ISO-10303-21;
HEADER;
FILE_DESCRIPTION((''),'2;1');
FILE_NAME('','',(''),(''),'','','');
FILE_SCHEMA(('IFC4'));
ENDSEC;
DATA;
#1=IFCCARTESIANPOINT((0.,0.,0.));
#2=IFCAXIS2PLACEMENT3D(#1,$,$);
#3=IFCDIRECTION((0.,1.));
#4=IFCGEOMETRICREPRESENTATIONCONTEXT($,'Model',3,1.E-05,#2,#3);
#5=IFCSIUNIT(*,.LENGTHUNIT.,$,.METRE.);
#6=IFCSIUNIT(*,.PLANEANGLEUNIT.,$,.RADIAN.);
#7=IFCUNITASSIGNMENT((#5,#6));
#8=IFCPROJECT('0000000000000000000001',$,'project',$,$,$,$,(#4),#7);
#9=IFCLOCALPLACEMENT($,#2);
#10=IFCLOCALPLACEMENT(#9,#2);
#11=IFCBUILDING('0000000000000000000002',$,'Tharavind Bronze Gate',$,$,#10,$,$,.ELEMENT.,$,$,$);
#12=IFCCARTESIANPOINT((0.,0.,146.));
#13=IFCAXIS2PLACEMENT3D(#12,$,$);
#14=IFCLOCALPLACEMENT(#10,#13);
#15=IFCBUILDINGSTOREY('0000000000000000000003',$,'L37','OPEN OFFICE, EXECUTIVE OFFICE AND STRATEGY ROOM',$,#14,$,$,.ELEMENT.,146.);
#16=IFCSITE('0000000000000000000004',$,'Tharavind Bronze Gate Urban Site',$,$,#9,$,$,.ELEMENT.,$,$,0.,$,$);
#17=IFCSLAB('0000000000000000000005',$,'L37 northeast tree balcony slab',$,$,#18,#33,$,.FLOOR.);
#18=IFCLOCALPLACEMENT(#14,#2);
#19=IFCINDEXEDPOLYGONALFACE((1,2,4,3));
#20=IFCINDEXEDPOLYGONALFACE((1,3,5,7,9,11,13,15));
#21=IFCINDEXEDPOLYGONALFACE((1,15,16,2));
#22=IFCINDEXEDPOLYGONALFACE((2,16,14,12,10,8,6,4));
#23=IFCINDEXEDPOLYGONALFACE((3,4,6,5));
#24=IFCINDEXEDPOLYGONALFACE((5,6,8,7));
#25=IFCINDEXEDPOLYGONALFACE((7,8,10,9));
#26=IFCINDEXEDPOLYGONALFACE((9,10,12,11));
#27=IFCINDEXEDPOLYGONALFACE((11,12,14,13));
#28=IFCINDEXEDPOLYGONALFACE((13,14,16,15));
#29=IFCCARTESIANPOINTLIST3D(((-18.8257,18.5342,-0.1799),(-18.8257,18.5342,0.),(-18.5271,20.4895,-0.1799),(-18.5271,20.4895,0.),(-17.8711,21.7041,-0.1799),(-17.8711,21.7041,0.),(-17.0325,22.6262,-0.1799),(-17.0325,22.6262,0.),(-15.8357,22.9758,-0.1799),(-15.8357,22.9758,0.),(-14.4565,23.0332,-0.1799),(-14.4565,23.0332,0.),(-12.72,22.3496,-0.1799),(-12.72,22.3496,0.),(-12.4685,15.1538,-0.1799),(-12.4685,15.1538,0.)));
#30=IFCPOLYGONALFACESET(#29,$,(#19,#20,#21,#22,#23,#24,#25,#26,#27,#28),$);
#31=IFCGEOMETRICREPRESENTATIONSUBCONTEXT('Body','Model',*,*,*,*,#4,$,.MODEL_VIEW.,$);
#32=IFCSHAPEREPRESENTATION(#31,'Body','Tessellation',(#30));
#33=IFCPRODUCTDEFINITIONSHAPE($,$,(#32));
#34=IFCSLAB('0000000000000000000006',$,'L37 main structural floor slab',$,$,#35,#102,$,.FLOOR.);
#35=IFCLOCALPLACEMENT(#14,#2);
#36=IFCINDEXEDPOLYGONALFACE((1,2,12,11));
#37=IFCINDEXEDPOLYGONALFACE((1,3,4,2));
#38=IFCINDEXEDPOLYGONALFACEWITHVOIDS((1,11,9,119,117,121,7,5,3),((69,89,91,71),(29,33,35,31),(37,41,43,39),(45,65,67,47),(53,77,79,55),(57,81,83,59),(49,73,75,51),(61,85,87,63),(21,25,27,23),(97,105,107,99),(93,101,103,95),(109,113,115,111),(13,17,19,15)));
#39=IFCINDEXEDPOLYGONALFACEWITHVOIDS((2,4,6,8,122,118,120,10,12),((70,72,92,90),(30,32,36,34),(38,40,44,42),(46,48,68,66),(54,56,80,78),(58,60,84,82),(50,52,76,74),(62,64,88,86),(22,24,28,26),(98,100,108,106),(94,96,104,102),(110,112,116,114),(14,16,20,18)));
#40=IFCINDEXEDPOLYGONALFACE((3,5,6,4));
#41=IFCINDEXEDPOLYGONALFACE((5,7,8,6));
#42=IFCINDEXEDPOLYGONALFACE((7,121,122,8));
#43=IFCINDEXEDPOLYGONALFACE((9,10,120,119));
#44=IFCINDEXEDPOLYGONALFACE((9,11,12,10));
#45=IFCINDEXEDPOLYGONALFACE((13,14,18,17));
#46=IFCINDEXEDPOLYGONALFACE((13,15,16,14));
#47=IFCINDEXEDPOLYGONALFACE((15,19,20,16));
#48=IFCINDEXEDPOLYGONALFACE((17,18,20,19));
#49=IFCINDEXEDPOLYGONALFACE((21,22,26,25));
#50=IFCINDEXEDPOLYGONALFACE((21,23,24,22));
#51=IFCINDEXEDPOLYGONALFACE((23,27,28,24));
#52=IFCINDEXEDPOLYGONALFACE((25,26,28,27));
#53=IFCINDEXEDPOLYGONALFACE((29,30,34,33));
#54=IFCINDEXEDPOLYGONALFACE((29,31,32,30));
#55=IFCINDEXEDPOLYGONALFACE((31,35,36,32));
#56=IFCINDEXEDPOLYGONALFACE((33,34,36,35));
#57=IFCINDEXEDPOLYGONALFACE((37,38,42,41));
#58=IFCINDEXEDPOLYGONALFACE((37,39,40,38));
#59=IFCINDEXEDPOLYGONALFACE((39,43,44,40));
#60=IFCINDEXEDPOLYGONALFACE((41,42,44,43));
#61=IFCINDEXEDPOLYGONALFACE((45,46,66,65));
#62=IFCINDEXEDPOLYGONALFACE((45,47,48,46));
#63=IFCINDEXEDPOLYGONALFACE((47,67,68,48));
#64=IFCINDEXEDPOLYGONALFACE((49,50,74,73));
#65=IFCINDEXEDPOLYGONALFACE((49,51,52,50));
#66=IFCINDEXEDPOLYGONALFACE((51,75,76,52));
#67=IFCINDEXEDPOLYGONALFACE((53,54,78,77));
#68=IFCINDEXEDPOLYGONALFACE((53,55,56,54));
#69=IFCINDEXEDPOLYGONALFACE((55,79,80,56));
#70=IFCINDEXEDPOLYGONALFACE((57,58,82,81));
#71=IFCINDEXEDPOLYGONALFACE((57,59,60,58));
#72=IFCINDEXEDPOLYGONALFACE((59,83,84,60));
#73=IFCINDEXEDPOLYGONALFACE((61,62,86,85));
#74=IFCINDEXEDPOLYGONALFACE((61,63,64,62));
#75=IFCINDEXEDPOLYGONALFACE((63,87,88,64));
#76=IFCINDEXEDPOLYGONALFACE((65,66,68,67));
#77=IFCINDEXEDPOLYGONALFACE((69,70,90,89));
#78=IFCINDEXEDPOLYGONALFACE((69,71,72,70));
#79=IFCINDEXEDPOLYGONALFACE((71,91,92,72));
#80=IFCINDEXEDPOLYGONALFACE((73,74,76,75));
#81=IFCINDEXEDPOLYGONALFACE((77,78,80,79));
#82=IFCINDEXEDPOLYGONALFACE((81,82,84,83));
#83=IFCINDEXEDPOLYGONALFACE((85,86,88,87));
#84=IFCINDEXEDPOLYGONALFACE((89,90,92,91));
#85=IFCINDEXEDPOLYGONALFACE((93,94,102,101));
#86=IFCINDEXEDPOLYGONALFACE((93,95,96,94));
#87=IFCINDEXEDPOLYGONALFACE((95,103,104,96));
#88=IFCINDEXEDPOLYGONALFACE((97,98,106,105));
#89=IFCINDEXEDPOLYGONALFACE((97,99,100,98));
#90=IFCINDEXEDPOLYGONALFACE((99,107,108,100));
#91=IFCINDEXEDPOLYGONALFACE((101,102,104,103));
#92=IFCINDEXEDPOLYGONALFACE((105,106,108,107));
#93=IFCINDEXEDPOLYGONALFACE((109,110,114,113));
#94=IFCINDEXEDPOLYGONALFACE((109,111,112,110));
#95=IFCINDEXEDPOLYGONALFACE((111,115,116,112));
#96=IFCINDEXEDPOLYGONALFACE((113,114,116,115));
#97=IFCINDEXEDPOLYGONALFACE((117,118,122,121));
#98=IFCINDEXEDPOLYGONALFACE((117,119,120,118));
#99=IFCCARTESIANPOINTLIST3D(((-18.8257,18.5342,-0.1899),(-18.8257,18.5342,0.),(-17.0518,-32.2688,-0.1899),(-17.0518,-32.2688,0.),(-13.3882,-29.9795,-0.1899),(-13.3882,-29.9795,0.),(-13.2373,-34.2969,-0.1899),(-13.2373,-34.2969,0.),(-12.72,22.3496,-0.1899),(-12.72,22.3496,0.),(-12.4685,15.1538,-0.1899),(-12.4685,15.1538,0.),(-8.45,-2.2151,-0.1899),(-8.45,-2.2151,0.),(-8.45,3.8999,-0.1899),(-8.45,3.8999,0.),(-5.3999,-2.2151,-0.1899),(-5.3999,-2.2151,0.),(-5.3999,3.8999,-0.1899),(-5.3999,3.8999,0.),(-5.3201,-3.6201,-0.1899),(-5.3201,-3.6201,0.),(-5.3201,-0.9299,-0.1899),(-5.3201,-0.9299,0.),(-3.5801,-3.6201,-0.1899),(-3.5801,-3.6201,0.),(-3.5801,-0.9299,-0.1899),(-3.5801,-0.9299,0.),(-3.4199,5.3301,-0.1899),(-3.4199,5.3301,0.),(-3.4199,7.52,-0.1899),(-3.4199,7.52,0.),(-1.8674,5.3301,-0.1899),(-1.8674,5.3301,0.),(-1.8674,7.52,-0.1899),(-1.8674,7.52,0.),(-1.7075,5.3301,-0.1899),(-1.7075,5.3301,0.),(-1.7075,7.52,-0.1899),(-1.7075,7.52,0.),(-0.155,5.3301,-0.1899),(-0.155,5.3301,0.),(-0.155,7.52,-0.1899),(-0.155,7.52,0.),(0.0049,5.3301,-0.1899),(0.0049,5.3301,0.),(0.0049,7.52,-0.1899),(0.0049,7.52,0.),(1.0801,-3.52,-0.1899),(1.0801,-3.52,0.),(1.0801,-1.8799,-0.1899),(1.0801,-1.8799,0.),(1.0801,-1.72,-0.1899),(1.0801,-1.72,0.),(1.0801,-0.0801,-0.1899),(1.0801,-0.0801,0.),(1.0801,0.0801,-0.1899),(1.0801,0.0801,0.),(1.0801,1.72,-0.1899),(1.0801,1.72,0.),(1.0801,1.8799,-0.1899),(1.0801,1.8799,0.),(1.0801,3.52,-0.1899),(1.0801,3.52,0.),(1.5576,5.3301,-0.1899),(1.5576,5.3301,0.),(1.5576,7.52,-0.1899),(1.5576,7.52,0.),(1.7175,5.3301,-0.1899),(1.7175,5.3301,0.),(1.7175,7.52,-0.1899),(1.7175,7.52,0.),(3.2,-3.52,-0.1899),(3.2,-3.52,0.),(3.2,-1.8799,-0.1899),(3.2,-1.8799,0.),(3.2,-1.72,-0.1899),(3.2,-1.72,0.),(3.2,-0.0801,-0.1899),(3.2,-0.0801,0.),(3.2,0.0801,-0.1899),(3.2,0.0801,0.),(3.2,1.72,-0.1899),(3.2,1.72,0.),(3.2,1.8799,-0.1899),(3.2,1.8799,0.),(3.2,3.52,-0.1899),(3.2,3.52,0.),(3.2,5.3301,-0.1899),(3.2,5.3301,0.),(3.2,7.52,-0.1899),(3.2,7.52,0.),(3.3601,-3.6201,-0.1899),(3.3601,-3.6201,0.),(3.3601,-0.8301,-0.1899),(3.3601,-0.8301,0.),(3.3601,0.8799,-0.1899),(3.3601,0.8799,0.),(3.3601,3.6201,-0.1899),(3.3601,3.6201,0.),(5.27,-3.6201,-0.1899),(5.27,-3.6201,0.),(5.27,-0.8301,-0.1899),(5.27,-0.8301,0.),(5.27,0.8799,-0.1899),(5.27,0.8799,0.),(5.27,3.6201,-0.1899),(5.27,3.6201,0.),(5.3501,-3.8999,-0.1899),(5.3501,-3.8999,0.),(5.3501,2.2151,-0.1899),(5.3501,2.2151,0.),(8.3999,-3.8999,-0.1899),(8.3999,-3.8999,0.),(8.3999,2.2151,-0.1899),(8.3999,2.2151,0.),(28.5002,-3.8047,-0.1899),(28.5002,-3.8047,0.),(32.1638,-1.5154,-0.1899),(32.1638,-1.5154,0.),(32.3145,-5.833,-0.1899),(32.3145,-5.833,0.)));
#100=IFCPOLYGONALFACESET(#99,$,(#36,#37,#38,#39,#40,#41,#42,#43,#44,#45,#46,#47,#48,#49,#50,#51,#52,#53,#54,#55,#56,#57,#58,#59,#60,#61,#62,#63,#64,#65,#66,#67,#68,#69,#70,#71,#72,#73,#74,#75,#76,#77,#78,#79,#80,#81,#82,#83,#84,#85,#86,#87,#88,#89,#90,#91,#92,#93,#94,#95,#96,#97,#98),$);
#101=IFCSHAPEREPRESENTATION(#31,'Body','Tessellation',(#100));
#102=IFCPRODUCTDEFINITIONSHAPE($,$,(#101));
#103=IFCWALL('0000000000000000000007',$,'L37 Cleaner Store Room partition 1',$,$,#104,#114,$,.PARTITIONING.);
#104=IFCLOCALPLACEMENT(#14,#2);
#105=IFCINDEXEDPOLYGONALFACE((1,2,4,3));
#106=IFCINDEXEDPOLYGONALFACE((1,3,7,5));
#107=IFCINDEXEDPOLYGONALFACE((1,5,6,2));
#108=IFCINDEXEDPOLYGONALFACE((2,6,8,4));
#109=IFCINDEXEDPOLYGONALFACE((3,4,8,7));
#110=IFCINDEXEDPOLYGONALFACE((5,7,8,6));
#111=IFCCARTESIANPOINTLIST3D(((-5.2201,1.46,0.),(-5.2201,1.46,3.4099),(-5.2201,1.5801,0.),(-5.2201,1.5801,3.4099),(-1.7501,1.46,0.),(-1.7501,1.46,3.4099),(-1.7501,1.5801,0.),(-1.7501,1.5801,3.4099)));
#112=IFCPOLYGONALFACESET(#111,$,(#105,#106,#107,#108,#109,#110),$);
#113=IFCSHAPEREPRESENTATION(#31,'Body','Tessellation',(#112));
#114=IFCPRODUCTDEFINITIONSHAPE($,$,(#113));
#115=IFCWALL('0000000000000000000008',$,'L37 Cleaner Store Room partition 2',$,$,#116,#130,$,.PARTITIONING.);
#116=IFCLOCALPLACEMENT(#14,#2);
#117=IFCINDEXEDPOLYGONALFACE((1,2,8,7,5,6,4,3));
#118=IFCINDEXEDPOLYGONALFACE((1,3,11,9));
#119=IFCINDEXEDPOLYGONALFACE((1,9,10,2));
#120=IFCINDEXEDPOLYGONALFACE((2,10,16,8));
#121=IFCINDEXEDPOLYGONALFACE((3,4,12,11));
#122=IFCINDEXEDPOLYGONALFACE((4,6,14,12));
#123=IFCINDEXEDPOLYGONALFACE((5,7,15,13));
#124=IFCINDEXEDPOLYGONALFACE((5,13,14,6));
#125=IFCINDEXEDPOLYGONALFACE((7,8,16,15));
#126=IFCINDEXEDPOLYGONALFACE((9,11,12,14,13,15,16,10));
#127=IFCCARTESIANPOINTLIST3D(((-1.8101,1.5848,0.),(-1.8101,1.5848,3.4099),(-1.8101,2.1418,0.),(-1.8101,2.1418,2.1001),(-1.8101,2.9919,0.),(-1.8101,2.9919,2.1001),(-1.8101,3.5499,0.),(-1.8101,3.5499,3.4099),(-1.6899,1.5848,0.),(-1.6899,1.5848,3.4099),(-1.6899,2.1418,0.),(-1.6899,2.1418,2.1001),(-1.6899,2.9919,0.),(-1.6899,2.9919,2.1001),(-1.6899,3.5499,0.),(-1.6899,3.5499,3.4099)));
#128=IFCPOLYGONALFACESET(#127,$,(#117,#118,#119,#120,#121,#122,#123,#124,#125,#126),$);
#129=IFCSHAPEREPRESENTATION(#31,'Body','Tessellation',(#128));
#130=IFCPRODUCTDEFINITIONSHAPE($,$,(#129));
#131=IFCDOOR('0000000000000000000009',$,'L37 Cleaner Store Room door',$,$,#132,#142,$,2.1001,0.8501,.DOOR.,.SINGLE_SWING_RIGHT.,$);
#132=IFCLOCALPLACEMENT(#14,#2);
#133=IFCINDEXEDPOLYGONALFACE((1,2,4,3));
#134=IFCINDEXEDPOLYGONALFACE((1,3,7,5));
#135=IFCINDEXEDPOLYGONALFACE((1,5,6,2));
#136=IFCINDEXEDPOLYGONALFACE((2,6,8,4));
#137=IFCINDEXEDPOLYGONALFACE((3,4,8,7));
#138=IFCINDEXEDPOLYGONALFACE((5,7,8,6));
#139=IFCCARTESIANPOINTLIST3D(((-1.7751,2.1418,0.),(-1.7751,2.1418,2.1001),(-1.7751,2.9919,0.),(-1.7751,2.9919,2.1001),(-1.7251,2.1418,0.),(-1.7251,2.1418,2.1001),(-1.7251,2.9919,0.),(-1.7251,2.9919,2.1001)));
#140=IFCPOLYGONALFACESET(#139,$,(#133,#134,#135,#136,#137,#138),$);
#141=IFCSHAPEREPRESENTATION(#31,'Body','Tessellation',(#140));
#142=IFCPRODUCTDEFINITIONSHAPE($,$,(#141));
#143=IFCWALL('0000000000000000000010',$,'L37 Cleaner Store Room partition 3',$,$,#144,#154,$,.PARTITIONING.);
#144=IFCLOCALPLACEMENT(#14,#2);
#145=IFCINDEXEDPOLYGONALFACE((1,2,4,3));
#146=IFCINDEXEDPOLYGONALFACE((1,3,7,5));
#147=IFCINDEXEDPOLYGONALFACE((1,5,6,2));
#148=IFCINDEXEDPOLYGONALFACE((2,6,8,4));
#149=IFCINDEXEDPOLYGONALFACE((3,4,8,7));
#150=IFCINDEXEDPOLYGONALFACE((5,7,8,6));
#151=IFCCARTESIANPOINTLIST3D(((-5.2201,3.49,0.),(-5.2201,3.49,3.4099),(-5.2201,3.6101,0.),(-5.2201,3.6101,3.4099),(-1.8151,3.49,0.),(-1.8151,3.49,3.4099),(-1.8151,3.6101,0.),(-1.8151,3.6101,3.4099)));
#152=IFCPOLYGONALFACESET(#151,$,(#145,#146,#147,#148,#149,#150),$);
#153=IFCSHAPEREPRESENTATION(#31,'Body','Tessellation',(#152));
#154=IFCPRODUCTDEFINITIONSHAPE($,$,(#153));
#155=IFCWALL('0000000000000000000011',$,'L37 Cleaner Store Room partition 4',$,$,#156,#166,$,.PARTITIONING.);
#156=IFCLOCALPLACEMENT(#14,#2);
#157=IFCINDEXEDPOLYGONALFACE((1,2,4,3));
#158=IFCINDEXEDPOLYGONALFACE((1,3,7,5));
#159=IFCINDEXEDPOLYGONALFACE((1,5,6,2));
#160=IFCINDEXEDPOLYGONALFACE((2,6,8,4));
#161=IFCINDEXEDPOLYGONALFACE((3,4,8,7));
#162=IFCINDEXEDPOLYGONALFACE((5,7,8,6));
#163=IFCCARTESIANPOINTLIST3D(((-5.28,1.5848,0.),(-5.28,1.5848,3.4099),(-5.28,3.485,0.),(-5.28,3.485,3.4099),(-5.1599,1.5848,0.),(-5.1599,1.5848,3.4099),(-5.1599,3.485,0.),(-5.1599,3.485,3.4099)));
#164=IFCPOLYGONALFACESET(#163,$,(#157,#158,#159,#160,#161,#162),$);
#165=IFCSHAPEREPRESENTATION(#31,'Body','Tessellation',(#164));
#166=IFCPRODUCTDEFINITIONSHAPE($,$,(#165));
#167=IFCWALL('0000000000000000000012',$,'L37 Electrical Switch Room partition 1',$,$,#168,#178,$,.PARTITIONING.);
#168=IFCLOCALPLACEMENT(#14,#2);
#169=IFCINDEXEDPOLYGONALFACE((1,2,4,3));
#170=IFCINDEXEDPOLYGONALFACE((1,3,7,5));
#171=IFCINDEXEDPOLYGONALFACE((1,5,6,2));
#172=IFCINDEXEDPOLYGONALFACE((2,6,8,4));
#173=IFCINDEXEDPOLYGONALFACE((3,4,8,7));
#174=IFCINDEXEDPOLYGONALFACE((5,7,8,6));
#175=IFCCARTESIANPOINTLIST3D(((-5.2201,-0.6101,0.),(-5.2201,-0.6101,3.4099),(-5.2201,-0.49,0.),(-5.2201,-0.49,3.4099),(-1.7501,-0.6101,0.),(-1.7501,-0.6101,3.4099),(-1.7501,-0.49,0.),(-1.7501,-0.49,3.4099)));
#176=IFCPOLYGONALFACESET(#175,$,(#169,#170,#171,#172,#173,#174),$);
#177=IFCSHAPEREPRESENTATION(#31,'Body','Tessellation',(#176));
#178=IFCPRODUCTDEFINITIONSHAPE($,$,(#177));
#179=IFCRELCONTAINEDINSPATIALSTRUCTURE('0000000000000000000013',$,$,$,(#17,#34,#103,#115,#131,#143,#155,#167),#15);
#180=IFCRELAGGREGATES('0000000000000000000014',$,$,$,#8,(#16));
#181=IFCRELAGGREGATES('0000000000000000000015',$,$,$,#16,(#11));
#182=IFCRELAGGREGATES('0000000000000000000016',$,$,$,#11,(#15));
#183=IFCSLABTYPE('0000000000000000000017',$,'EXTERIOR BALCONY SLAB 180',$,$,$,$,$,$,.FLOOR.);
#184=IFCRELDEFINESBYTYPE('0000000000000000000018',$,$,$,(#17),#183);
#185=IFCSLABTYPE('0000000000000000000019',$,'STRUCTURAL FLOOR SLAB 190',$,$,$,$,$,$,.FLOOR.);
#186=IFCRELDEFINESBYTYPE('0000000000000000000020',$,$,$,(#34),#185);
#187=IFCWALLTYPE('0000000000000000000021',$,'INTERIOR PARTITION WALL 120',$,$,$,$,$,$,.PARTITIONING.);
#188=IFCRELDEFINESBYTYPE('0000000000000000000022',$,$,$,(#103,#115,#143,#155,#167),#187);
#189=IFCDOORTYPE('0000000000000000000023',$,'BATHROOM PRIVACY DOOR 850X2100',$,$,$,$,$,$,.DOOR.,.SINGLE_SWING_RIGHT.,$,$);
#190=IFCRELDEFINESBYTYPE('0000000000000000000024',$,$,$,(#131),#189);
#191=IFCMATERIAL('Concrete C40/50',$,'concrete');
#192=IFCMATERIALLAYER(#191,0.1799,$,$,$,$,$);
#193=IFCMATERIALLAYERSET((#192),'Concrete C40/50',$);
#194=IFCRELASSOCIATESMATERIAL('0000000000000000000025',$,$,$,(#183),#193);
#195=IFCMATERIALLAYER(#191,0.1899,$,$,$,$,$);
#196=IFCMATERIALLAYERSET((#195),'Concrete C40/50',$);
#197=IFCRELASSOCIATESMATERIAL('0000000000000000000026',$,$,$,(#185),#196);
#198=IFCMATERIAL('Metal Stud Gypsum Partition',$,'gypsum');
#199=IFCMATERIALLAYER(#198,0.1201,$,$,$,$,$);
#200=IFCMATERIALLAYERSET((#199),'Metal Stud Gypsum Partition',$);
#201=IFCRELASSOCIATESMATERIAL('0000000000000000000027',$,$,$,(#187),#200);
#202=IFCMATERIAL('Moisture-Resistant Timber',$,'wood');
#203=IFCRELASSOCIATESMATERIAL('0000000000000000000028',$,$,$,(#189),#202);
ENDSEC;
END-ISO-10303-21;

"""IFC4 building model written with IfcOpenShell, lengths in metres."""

from ifc_helpers import new_model, si_unit, direction, frame, frame_2d, origin, place, context, subcontext, project, spatial, polyline, rectangle, outline, extrude, material, layer, layer_set, type_object, element, fill, save


model = new_model("IFC4")

# Units and contexts
model_context = context("Model", 3, precision=1e-05, world=origin(), true_north=direction((0.0, 1.0)))
body_context = subcontext(model_context, "Body", "Model", "MODEL_VIEW")
ifc_project = project(units=[si_unit("LENGTHUNIT", "METRE"), si_unit("PLANEANGLEUNIT", "RADIAN")], contexts=[model_context])

# Site, building, storey
site_placement = place(None, origin())
site = spatial("IfcSite", under=ifc_project, at=site_placement, Name="Tharavind Bronze Gate Urban Site", CompositionType="ELEMENT", RefElevation=0.0)
building_placement = place(site_placement, origin())
building = spatial("IfcBuilding", under=site, at=building_placement, Name="Tharavind Bronze Gate", CompositionType="ELEMENT")
storey_placement = place(building_placement, frame((0.0, 0.0, 146.0)))
storey = spatial("IfcBuildingStorey", under=building, at=storey_placement, Name="L37", Description="OPEN OFFICE, EXECUTIVE OFFICE AND STRATEGY ROOM", CompositionType="ELEMENT", Elevation=146.0)

# Slabs
ifc_material_1 = material(Name="Concrete C40/50", Category="concrete")
ifc_layer_1 = layer(ifc_material_1, 0.1799)
ifc_layer_set_1 = layer_set([ifc_layer_1], Name="Concrete C40/50")
slab_type_1 = type_object("IfcSlabType", Name="EXTERIOR BALCONY SLAB 180", PredefinedType="FLOOR", material=ifc_layer_set_1)
slab_1_placement = place(storey_placement, frame((0.0, 0.0, -0.1799)))
element("IfcSlab", 1, at=slab_1_placement, inside=storey, type_object=slab_type_1, Name="L37 northeast tree balcony slab", PredefinedType="FLOOR", context=body_context, shape_type="SweptSolid", body=[
    extrude(outline(polyline([(-14.4565, 23.0332), (-15.8357, 22.9758), (-17.0325, 22.6262), (-17.8711, 21.7041), (-18.5271, 20.4895), (-18.8257, 18.5342), (-12.4685, 15.1538), (-12.72, 22.3496), (-14.4565, 23.0332)])), origin(), (0.0, 0.0, 1.0), 0.1799),
])
ifc_layer_2 = layer(ifc_material_1, 0.1899)
ifc_layer_set_2 = layer_set([ifc_layer_2], Name="Concrete C40/50")
slab_type_2 = type_object("IfcSlabType", Name="STRUCTURAL FLOOR SLAB 190", PredefinedType="FLOOR", material=ifc_layer_set_2)
slab_2_placement = place(storey_placement, frame((0.0, 0.0, -0.1899)))
element("IfcSlab", 2, at=slab_2_placement, inside=storey, type_object=slab_type_2, Name="L37 main structural floor slab", PredefinedType="FLOOR", context=body_context, shape_type="SweptSolid", body=[
    extrude(outline(polyline([(-12.72, 22.3496), (-12.4685, 15.1538), (-18.8257, 18.5342), (-17.0518, -32.2688), (-13.3882, -29.9795), (-13.2373, -34.2969), (32.3145, -5.833), (28.5002, -3.8047), (32.1638, -1.5154), (-12.72, 22.3496)]), holes=[polyline([(-5.3999, -2.2151), (-5.3999, 3.8999), (-8.45, 3.8999), (-8.45, -2.2151), (-5.3999, -2.2151)]), polyline([(5.3501, 2.2151), (5.3501, -3.8999), (8.3999, -3.8999), (8.3999, 2.2151), (5.3501, 2.2151)]), polyline([(-3.4199, 5.3301), (-1.8674, 5.3301), (-1.8674, 7.52), (-3.4199, 7.52), (-3.4199, 5.3301)]), polyline([(-1.7075, 5.3301), (-0.155, 5.3301), (-0.155, 7.52), (-1.7075, 7.52), (-1.7075, 5.3301)]), polyline([(0.0049, 5.3301), (1.5576, 5.3301), (1.5576, 7.52), (0.0049, 7.52), (0.0049, 5.3301)]), polyline([(1.7175, 5.3301), (3.2, 5.3301), (3.2, 7.52), (1.7175, 7.52), (1.7175, 5.3301)]), polyline([(1.0801, -3.52), (3.2, -3.52), (3.2, -1.8799), (1.0801, -1.8799), (1.0801, -3.52)]), polyline([(1.0801, -1.72), (3.2, -1.72), (3.2, -0.0801), (1.0801, -0.0801), (1.0801, -1.72)]), polyline([(1.0801, 0.0801), (3.2, 0.0801), (3.2, 1.72), (1.0801, 1.72), (1.0801, 0.0801)]), polyline([(1.0801, 1.8799), (3.2, 1.8799), (3.2, 3.52), (1.0801, 3.52), (1.0801, 1.8799)]), polyline([(-5.3201, -3.6201), (-3.5801, -3.6201), (-3.5801, -0.9299), (-5.3201, -0.9299), (-5.3201, -3.6201)]), polyline([(3.3601, 0.8799), (5.27, 0.8799), (5.27, 3.6201), (3.3601, 3.6201), (3.3601, 0.8799)]), polyline([(3.3601, -3.6201), (5.27, -3.6201), (5.27, -0.8301), (3.3601, -0.8301), (3.3601, -3.6201)])]), origin(), (0.0, 0.0, 1.0), 0.1899),
])

# Wall
ifc_material_2 = material(Name="Metal Stud Gypsum Partition", Category="gypsum")
ifc_layer_3 = layer(ifc_material_2, 0.1201)
ifc_layer_set_3 = layer_set([ifc_layer_3], Name="Metal Stud Gypsum Partition")
wall_type_1 = type_object("IfcWallType", Name="INTERIOR PARTITION WALL 120", PredefinedType="PARTITIONING", material=ifc_layer_set_3)
wall_1_placement = place(storey_placement, frame((-5.22, 1.52, 0.0), z_axis=(0.0, 0.0, 1.0), x_axis=(1.0, 0.0, 0.0)))
element("IfcWall", 3, at=wall_1_placement, inside=storey, type_object=wall_type_1, Name="L37 Cleaner Store Room partition 1", PredefinedType="PARTITIONING", context=body_context, shape_type="SweptSolid", body=[
    extrude(rectangle(XDim=3.47, YDim=0.1201, at=frame_2d((1.7349, 0.0))), origin(), (0.0, 0.0, 1.0), 3.4099),
])

# Wall, opening, door
wall_2_placement = place(storey_placement, frame((-1.75, 1.585, 0.0), z_axis=(0.0, 0.0, 1.0), x_axis=(0.0, 1.0, 0.0)))
wall_2 = element("IfcWall", 4, at=wall_2_placement, inside=storey, type_object=wall_type_1, Name="L37 Cleaner Store Room partition 2", PredefinedType="PARTITIONING", context=body_context, shape_type="SweptSolid", body=[
    extrude(rectangle(XDim=1.9651, YDim=0.1201, at=frame_2d((0.9824, 0.0))), origin(), (0.0, 0.0, 1.0), 3.4099),
])
opening_1_placement = place(wall_2_placement, frame((0.5569, 0.0, 0.0)))
opening_1 = element("IfcOpeningElement", 5, at=opening_1_placement, cuts=wall_2, PredefinedType="OPENING", context=body_context, shape_type="SweptSolid", body=[
    extrude(rectangle(XDim=0.8501, YDim=2.1001, at=frame_2d((0.425, 1.05))), frame((0.0, 0.0701, 0.0), z_axis=(0.0, -1.0, 0.0), x_axis=(1.0, 0.0, 0.0)), (0.0, 0.0, 1.0), 0.1401),
])
ifc_material_3 = material(Name="Moisture-Resistant Timber", Category="wood")
door_type_1 = type_object("IfcDoorType", Name="BATHROOM PRIVACY DOOR 850X2100", OperationType="SINGLE_SWING_RIGHT", PredefinedType="DOOR", material=ifc_material_3)
door_1_placement = place(opening_1_placement, frame((0.8501, 0.0, 0.0), z_axis=(0.0, 0.0, 1.0), x_axis=(-1.0, 0.0, 0.0)))
door_1 = element("IfcDoor", 6, at=door_1_placement, inside=storey, type_object=door_type_1, Name="L37 Cleaner Store Room door", OperationType="SINGLE_SWING_RIGHT", OverallHeight=2.1001, OverallWidth=0.8501, PredefinedType="DOOR", context=body_context, shape_type="SweptSolid", body=[
    extrude(rectangle(XDim=0.8501, YDim=2.1001, at=frame_2d((0.425, 1.05))), frame((0.0, 0.0249, 0.0), z_axis=(0.0, -1.0, 0.0), x_axis=(1.0, 0.0, 0.0)), (0.0, 0.0, 1.0), 0.05),
])
fill(opening_1, door_1)

# Walls
wall_3_placement = place(storey_placement, frame((-1.8149, 3.55, 0.0), z_axis=(0.0, 0.0, 1.0), x_axis=(-1.0, 0.0, 0.0)))
element("IfcWall", 7, at=wall_3_placement, inside=storey, type_object=wall_type_1, Name="L37 Cleaner Store Room partition 3", PredefinedType="PARTITIONING", context=body_context, shape_type="SweptSolid", body=[
    extrude(rectangle(XDim=3.405, YDim=0.1201, at=frame_2d((1.7026, 0.0))), origin(), (0.0, 0.0, 1.0), 3.4099),
])
wall_4_placement = place(storey_placement, frame((-5.22, 3.4851, 0.0), z_axis=(0.0, 0.0, 1.0), x_axis=(0.0, -1.0, 0.0)))
element("IfcWall", 8, at=wall_4_placement, inside=storey, type_object=wall_type_1, Name="L37 Cleaner Store Room partition 4", PredefinedType="PARTITIONING", context=body_context, shape_type="SweptSolid", body=[
    extrude(rectangle(XDim=1.9001, YDim=0.1201, at=frame_2d((0.9502, 0.0))), origin(), (0.0, 0.0, 1.0), 3.4099),
])
wall_5_placement = place(storey_placement, frame((-5.22, -0.55, 0.0), z_axis=(0.0, 0.0, 1.0), x_axis=(1.0, 0.0, 0.0)))
element("IfcWall", 9, at=wall_5_placement, inside=storey, type_object=wall_type_1, Name="L37 Electrical Switch Room partition 1", PredefinedType="PARTITIONING", context=body_context, shape_type="SweptSolid", body=[
    extrude(rectangle(XDim=3.47, YDim=0.1201, at=frame_2d((1.7349, 0.0))), origin(), (0.0, 0.0, 1.0), 3.4099),
])

save(model, "model.ifc")
